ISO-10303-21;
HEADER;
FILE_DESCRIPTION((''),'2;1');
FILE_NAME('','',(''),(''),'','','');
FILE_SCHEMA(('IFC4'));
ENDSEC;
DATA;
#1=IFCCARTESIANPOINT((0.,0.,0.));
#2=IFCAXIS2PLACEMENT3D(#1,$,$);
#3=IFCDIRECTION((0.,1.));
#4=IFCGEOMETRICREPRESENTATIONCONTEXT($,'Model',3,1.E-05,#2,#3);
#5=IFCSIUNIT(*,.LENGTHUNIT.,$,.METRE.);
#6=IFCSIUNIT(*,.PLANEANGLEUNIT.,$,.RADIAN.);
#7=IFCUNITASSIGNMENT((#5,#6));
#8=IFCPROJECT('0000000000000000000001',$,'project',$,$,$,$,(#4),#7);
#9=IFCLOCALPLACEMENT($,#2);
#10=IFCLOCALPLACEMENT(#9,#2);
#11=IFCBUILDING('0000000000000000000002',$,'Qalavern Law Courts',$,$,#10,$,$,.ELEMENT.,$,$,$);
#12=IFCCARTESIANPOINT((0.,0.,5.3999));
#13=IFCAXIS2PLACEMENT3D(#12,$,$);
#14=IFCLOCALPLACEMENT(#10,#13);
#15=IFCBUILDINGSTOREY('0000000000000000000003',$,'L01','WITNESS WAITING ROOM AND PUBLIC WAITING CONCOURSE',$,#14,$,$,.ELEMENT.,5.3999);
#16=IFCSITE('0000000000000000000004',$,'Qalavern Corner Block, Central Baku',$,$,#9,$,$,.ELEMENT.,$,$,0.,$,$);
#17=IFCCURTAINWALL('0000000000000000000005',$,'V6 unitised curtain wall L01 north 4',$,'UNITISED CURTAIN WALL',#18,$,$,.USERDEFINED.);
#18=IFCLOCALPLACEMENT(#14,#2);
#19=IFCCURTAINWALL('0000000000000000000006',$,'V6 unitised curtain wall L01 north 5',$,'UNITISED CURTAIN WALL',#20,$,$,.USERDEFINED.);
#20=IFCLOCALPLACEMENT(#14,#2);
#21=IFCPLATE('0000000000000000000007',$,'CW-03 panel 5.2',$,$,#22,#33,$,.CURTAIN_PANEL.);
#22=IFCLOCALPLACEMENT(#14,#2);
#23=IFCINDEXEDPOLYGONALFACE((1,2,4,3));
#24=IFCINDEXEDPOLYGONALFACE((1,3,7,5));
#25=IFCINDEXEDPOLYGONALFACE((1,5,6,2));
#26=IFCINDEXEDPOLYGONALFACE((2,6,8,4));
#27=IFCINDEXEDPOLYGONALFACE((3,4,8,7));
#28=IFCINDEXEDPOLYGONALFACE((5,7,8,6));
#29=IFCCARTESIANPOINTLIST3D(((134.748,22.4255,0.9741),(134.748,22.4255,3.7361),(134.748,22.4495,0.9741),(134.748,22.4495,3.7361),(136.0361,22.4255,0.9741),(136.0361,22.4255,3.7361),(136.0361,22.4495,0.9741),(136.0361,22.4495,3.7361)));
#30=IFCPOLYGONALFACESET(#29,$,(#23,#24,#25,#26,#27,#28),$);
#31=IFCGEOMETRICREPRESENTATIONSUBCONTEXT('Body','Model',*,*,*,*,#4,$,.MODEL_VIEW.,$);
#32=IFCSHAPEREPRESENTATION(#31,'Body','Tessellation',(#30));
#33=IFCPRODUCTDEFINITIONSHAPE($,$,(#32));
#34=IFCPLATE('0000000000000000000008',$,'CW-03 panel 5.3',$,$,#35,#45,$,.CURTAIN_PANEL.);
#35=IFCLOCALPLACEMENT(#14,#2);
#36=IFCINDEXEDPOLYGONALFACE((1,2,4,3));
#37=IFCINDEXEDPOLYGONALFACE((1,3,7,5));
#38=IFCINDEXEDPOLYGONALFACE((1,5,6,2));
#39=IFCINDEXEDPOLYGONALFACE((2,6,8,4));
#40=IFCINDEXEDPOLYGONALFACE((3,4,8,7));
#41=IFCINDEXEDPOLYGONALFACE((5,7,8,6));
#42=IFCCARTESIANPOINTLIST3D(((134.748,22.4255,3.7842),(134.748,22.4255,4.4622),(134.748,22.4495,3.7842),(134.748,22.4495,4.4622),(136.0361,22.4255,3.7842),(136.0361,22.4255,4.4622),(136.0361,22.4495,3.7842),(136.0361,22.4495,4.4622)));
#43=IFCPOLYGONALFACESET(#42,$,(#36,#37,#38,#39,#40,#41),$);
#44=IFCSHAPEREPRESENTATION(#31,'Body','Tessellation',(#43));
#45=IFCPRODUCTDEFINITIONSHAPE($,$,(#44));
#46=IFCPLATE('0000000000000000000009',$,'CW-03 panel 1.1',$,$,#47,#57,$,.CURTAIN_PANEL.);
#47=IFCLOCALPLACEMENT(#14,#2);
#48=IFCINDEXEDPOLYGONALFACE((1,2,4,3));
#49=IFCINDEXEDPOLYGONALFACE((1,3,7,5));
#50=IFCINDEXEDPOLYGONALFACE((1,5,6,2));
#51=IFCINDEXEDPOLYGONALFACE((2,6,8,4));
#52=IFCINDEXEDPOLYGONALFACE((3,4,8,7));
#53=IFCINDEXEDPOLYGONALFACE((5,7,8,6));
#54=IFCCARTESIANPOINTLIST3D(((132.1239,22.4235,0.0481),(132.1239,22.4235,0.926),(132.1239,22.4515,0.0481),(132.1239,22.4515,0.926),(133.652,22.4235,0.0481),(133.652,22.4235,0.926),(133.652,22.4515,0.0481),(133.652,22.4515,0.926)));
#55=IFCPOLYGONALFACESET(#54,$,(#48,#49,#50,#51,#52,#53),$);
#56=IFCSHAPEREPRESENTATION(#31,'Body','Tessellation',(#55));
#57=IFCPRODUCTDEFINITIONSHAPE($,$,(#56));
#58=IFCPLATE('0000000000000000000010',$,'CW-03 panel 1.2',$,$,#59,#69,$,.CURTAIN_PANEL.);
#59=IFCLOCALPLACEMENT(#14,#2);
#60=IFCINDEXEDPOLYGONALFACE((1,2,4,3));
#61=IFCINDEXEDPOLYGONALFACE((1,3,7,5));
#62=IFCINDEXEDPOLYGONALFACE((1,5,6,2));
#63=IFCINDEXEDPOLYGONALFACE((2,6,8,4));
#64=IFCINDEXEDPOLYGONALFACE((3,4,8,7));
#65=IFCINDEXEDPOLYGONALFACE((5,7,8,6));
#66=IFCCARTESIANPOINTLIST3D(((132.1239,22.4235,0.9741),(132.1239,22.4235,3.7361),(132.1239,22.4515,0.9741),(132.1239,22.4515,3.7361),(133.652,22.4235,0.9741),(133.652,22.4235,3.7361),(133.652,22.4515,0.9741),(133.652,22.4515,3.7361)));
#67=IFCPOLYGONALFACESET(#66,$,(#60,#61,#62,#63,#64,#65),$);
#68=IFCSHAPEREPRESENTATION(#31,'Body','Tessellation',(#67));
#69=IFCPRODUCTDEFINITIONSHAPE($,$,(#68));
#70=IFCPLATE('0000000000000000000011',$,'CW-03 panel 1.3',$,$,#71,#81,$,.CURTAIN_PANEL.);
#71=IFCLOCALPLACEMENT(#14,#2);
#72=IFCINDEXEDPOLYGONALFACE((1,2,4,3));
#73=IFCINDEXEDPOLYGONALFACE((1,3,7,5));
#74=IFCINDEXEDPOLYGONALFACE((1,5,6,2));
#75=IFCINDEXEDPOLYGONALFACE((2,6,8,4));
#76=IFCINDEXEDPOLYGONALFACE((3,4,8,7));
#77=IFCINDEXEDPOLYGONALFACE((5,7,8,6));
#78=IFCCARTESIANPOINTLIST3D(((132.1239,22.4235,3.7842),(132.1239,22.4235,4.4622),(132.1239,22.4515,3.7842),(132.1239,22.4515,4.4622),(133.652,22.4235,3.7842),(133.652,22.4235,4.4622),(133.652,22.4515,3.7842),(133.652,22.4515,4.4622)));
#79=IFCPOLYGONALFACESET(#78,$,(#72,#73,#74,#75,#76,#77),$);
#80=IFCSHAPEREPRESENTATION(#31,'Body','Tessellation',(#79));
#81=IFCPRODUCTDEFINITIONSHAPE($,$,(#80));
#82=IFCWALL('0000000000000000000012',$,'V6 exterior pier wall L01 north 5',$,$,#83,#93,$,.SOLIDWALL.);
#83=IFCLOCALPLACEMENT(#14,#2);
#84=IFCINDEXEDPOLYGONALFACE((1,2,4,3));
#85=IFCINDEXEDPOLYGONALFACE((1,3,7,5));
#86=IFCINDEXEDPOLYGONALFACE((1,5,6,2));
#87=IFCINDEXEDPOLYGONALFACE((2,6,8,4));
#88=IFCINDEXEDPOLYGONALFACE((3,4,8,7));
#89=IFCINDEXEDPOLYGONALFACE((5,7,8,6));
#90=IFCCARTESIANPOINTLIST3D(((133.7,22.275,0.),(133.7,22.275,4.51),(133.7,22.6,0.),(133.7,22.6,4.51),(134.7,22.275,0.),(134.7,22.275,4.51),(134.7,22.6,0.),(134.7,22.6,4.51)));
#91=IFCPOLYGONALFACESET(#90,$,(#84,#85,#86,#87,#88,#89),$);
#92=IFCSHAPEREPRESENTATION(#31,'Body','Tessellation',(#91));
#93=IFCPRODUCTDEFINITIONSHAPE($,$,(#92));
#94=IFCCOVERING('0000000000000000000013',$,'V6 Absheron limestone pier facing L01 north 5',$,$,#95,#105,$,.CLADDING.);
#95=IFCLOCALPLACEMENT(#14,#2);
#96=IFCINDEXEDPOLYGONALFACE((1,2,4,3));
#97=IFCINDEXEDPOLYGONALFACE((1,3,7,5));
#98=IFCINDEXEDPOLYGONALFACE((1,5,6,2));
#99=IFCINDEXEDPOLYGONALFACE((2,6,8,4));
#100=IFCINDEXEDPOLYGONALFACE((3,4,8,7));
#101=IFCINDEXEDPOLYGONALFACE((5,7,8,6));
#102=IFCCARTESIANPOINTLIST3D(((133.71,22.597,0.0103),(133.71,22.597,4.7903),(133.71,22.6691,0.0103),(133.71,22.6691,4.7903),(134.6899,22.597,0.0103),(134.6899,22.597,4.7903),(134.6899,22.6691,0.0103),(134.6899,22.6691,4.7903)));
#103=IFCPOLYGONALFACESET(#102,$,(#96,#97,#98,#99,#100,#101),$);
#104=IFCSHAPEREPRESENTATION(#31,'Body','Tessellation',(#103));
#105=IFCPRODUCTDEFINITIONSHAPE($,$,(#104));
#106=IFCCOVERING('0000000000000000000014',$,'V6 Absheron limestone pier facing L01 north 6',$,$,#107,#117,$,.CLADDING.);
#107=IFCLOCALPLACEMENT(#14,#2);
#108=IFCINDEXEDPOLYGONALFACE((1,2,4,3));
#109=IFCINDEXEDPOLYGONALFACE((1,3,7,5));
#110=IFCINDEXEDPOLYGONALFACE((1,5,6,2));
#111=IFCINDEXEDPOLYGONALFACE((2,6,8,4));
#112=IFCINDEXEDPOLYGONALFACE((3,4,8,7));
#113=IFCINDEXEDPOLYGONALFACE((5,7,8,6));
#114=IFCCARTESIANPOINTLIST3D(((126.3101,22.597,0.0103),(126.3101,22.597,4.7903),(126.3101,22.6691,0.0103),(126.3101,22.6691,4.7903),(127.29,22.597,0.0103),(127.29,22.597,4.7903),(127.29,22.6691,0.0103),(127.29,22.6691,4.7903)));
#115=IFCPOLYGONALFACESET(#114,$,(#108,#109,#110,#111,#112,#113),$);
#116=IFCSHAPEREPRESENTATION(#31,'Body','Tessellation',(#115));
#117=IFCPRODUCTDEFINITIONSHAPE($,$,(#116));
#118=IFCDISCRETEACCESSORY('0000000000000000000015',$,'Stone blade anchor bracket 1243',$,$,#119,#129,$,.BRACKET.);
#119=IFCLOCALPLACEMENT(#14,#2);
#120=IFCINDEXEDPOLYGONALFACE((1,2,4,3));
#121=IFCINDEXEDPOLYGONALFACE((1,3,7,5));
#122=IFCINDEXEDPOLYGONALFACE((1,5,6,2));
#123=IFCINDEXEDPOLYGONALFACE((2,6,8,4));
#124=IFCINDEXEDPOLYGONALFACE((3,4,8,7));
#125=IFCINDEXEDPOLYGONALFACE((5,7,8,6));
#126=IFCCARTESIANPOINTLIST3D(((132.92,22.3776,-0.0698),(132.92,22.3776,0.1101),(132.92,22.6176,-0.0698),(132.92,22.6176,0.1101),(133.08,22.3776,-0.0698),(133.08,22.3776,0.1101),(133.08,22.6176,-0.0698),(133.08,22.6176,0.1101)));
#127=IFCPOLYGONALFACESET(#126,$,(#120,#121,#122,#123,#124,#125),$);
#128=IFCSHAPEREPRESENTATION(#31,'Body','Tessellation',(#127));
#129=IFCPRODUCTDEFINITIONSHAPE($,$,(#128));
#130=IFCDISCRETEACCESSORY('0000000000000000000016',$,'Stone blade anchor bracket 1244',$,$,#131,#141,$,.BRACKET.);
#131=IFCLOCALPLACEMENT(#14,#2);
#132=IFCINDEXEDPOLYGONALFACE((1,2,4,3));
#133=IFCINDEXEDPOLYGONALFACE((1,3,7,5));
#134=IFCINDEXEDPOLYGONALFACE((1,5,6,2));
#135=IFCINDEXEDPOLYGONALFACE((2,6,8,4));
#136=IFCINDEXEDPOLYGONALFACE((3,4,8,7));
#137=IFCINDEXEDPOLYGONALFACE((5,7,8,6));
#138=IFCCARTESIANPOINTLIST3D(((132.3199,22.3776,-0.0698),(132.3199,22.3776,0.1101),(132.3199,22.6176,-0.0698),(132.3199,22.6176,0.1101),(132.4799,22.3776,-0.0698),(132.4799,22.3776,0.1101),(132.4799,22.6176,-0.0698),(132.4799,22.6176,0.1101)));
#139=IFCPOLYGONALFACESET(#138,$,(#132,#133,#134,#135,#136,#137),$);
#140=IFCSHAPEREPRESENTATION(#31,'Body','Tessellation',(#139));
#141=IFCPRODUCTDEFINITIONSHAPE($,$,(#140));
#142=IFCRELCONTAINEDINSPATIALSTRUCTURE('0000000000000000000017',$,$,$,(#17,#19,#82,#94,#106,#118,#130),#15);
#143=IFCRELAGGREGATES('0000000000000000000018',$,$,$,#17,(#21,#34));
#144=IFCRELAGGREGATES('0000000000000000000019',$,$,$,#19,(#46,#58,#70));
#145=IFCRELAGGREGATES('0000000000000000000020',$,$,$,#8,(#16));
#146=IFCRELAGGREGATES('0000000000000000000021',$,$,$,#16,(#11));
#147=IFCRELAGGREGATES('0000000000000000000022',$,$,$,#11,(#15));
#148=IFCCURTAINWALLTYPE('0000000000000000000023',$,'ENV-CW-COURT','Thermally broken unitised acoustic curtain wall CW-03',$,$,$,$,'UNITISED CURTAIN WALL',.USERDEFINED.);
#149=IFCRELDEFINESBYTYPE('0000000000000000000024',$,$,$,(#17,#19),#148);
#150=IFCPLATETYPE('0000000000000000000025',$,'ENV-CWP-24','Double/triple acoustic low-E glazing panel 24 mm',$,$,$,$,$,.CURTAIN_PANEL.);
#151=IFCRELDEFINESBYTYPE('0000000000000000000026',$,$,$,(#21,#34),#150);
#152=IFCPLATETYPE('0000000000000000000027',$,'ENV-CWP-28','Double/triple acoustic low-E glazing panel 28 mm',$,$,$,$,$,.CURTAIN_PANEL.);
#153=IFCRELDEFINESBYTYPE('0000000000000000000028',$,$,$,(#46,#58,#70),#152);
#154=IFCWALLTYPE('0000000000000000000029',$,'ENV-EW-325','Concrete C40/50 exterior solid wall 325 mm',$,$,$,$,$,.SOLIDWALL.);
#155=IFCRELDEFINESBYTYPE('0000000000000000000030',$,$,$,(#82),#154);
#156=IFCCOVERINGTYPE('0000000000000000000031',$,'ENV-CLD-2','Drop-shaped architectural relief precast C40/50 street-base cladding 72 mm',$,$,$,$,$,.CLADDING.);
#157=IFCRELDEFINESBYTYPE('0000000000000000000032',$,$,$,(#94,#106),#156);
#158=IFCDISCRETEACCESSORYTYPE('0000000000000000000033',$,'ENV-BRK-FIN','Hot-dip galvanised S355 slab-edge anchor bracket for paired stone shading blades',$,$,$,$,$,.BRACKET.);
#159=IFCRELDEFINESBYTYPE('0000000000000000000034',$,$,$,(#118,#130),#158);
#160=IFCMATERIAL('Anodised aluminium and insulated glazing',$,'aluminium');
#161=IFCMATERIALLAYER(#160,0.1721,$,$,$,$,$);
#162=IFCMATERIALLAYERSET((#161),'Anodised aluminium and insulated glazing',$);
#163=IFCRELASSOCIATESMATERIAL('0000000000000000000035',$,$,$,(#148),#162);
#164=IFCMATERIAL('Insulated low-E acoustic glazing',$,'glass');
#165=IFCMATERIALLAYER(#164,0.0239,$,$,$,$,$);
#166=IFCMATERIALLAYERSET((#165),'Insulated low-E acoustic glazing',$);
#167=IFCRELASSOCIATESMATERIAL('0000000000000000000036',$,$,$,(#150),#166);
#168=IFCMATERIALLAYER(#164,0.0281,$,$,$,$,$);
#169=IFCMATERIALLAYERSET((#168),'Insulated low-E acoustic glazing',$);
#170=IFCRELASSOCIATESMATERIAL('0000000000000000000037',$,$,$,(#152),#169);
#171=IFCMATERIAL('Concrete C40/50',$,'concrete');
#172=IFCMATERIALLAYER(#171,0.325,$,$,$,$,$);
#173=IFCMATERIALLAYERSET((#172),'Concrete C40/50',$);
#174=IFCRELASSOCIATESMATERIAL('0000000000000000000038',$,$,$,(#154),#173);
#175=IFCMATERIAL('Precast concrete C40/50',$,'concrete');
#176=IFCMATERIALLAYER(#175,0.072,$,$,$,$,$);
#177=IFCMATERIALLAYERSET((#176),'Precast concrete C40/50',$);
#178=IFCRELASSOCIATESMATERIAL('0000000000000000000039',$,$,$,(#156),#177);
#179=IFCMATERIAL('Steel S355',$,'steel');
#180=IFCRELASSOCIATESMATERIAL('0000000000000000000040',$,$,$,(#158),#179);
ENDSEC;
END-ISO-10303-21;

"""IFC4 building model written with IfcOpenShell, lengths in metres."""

from ifc_helpers import new_model, si_unit, direction, frame, frame_2d, origin, origin_2d, place, context, subcontext, project, spatial, rectangle, extrude, material, layer, layer_set, type_object, element, aggregate, save


model = new_model("IFC4")

# Units and contexts
model_context = context("Model", 3, precision=1e-05, world=origin(), true_north=direction((0.0, 1.0)))
body_context = subcontext(model_context, "Body", "Model", "MODEL_VIEW")
ifc_project = project(units=[si_unit("LENGTHUNIT", "METRE"), si_unit("PLANEANGLEUNIT", "RADIAN")], contexts=[model_context])

# Site, building, storey
site_placement = place(None, origin())
site = spatial("IfcSite", under=ifc_project, at=site_placement, Name="Qalavern Corner Block, Central Baku", CompositionType="ELEMENT", RefElevation=0.0)
building_placement = place(site_placement, origin())
building = spatial("IfcBuilding", under=site, at=building_placement, Name="Qalavern Law Courts", CompositionType="ELEMENT")
storey_placement = place(building_placement, frame((0.0, 0.0, 5.3999)))
storey = spatial("IfcBuildingStorey", under=building, at=storey_placement, Name="L01", Description="WITNESS WAITING ROOM AND PUBLIC WAITING CONCOURSE", CompositionType="ELEMENT", Elevation=5.3999)

# Curtain wall
ifc_material_1 = material(Name="Anodised aluminium and insulated glazing", Category="aluminium")
ifc_layer_1 = layer(ifc_material_1, 0.1721)
ifc_layer_set_1 = layer_set([ifc_layer_1], Name="Anodised aluminium and insulated glazing")
curtain_wall_type = type_object("IfcCurtainWallType", Name="ENV-CW-COURT", Description="Thermally broken unitised acoustic curtain wall CW-03", ElementType="UNITISED CURTAIN WALL", PredefinedType="USERDEFINED", material=ifc_layer_set_1)
curtain_wall_1_placement = place(storey_placement, origin())
curtain_wall_1 = element("IfcCurtainWall", 1, at=curtain_wall_1_placement, inside=storey, type_object=curtain_wall_type, Name="V6 unitised curtain wall L01 north 4", ObjectType="UNITISED CURTAIN WALL", PredefinedType="USERDEFINED")

# Curtain wall
curtain_wall_2_placement = place(storey_placement, origin())
curtain_wall_2 = element("IfcCurtainWall", 2, at=curtain_wall_2_placement, inside=storey, type_object=curtain_wall_type, Name="V6 unitised curtain wall L01 north 5", ObjectType="UNITISED CURTAIN WALL", PredefinedType="USERDEFINED")

# Plates
ifc_material_2 = material(Name="Insulated low-E acoustic glazing", Category="glass")
ifc_layer_2 = layer(ifc_material_2, 0.0239)
ifc_layer_set_2 = layer_set([ifc_layer_2], Name="Insulated low-E acoustic glazing")
plate_type_1 = type_object("IfcPlateType", Name="ENV-CWP-24", Description="Double/triple acoustic low-E glazing panel 24 mm", PredefinedType="CURTAIN_PANEL", material=ifc_layer_set_2)
plate_1_placement = place(storey_placement, frame((135.3921, 22.4375, 0.9741), z_axis=(0.0, 0.0, 1.0), x_axis=(-1.0, 0.0, 0.0)))
plate_1 = element("IfcPlate", 3, at=plate_1_placement, type_object=plate_type_1, Name="CW-03 panel 5.2", PredefinedType="CURTAIN_PANEL", context=body_context, shape_type="SweptSolid", body=[
    extrude(rectangle(XDim=1.2881, YDim=0.0239, at=origin_2d()), origin(), (0.0, 0.0, 1.0), 2.762),
])
plate_2_placement = place(storey_placement, frame((135.3921, 22.4375, 3.7842), z_axis=(0.0, 0.0, 1.0), x_axis=(-1.0, 0.0, 0.0)))
plate_2 = element("IfcPlate", 4, at=plate_2_placement, type_object=plate_type_1, Name="CW-03 panel 5.3", PredefinedType="CURTAIN_PANEL", context=body_context, shape_type="SweptSolid", body=[
    extrude(rectangle(XDim=1.2881, YDim=0.0239, at=origin_2d()), origin(), (0.0, 0.0, 1.0), 0.678),
])
aggregate(curtain_wall_1, [plate_1, plate_2])
ifc_layer_3 = layer(ifc_material_2, 0.0281)
ifc_layer_set_3 = layer_set([ifc_layer_3], Name="Insulated low-E acoustic glazing")
plate_type_2 = type_object("IfcPlateType", Name="ENV-CWP-28", Description="Double/triple acoustic low-E glazing panel 28 mm", PredefinedType="CURTAIN_PANEL", material=ifc_layer_set_3)
plate_3_placement = place(storey_placement, frame((132.8879, 22.4375, 0.0481), z_axis=(0.0, 0.0, 1.0), x_axis=(-1.0, 0.0, 0.0)))
plate_3 = element("IfcPlate", 5, at=plate_3_placement, type_object=plate_type_2, Name="CW-03 panel 1.1", PredefinedType="CURTAIN_PANEL", context=body_context, shape_type="SweptSolid", body=[
    extrude(rectangle(XDim=1.5281, YDim=0.0281, at=origin_2d()), origin(), (0.0, 0.0, 1.0), 0.8779),
])
plate_4_placement = place(storey_placement, frame((132.8879, 22.4375, 0.9741), z_axis=(0.0, 0.0, 1.0), x_axis=(-1.0, 0.0, 0.0)))
plate_4 = element("IfcPlate", 6, at=plate_4_placement, type_object=plate_type_2, Name="CW-03 panel 1.2", PredefinedType="CURTAIN_PANEL", context=body_context, shape_type="SweptSolid", body=[
    extrude(rectangle(XDim=1.5281, YDim=0.0281, at=origin_2d()), origin(), (0.0, 0.0, 1.0), 2.762),
])
plate_5_placement = place(storey_placement, frame((132.8879, 22.4375, 3.7842), z_axis=(0.0, 0.0, 1.0), x_axis=(-1.0, 0.0, 0.0)))
plate_5 = element("IfcPlate", 7, at=plate_5_placement, type_object=plate_type_2, Name="CW-03 panel 1.3", PredefinedType="CURTAIN_PANEL", context=body_context, shape_type="SweptSolid", body=[
    extrude(rectangle(XDim=1.5281, YDim=0.0281, at=origin_2d()), origin(), (0.0, 0.0, 1.0), 0.678),
])
aggregate(curtain_wall_2, [plate_3, plate_4, plate_5])

# Wall
ifc_material_3 = material(Name="Concrete C40/50", Category="concrete")
ifc_layer_4 = layer(ifc_material_3, 0.325)
ifc_layer_set_4 = layer_set([ifc_layer_4], Name="Concrete C40/50")
wall_type = type_object("IfcWallType", Name="ENV-EW-325", Description="Concrete C40/50 exterior solid wall 325 mm", PredefinedType="SOLIDWALL", material=ifc_layer_set_4)
wall_placement = place(storey_placement, frame((134.7, 22.4375, 0.0), z_axis=(0.0, 0.0, 1.0), x_axis=(-1.0, 0.0, 0.0)))
element("IfcWall", 8, at=wall_placement, inside=storey, type_object=wall_type, Name="V6 exterior pier wall L01 north 5", PredefinedType="SOLIDWALL", context=body_context, shape_type="SweptSolid", body=[
    extrude(rectangle(XDim=1.0, YDim=0.325, at=frame_2d((0.5, 0.0))), origin(), (0.0, 0.0, 1.0), 4.51),
])

# Coverings
ifc_material_4 = material(Name="Precast concrete C40/50", Category="concrete")
ifc_layer_5 = layer(ifc_material_4, 0.072)
ifc_layer_set_5 = layer_set([ifc_layer_5], Name="Precast concrete C40/50")
covering_type = type_object("IfcCoveringType", Name="ENV-CLD-2", Description="Drop-shaped architectural relief precast C40/50 street-base cladding 72 mm", PredefinedType="CLADDING", material=ifc_layer_set_5)
for number, where, z_axis, x_axis, name in (
    (9, (134.2, 22.6331, 0.0103), (0.0, 0.0, 1.0), (-1.0, 0.0, 0.0), "V6 Absheron limestone pier facing L01 north 5"),
    (10, (126.8, 22.6331, 0.0103), (0.0, 0.0, 1.0), (-1.0, 0.0, 0.0), "V6 Absheron limestone pier facing L01 north 6"),
):
    element("IfcCovering", number, at=place(storey_placement, frame(where, z_axis=z_axis, x_axis=x_axis)), inside=storey, type_object=covering_type, Name=name, PredefinedType="CLADDING", context=body_context, shape_type="SweptSolid", body=[
        extrude(rectangle(XDim=0.98, YDim=0.072, at=origin_2d()), origin(), (0.0, 0.0, 1.0), 4.78),
    ])

# Discrete accessories
ifc_material_5 = material(Name="Steel S355", Category="steel")
discrete_accessory_type = type_object("IfcDiscreteAccessoryType", Name="ENV-BRK-FIN", Description="Hot-dip galvanised S355 slab-edge anchor bracket for paired stone shading blades", PredefinedType="BRACKET", material=ifc_material_5)
for number, where, z_axis, x_axis, name in (
    (11, (133.0, 22.4976, -0.0698), (0.0, 0.0, 1.0), (0.0, 1.0, 0.0), "Stone blade anchor bracket 1243"),
    (12, (132.3999, 22.4976, -0.0698), (0.0, 0.0, 1.0), (0.0, 1.0, 0.0), "Stone blade anchor bracket 1244"),
):
    element("IfcDiscreteAccessory", number, at=place(storey_placement, frame(where, z_axis=z_axis, x_axis=x_axis)), inside=storey, type_object=discrete_accessory_type, Name=name, PredefinedType="BRACKET", context=body_context, shape_type="SweptSolid", body=[
        extrude(rectangle(XDim=0.24, YDim=0.1599, at=origin_2d()), origin(), (0.0, 0.0, 1.0), 0.1799),
    ])

save(model, "model.ifc")
